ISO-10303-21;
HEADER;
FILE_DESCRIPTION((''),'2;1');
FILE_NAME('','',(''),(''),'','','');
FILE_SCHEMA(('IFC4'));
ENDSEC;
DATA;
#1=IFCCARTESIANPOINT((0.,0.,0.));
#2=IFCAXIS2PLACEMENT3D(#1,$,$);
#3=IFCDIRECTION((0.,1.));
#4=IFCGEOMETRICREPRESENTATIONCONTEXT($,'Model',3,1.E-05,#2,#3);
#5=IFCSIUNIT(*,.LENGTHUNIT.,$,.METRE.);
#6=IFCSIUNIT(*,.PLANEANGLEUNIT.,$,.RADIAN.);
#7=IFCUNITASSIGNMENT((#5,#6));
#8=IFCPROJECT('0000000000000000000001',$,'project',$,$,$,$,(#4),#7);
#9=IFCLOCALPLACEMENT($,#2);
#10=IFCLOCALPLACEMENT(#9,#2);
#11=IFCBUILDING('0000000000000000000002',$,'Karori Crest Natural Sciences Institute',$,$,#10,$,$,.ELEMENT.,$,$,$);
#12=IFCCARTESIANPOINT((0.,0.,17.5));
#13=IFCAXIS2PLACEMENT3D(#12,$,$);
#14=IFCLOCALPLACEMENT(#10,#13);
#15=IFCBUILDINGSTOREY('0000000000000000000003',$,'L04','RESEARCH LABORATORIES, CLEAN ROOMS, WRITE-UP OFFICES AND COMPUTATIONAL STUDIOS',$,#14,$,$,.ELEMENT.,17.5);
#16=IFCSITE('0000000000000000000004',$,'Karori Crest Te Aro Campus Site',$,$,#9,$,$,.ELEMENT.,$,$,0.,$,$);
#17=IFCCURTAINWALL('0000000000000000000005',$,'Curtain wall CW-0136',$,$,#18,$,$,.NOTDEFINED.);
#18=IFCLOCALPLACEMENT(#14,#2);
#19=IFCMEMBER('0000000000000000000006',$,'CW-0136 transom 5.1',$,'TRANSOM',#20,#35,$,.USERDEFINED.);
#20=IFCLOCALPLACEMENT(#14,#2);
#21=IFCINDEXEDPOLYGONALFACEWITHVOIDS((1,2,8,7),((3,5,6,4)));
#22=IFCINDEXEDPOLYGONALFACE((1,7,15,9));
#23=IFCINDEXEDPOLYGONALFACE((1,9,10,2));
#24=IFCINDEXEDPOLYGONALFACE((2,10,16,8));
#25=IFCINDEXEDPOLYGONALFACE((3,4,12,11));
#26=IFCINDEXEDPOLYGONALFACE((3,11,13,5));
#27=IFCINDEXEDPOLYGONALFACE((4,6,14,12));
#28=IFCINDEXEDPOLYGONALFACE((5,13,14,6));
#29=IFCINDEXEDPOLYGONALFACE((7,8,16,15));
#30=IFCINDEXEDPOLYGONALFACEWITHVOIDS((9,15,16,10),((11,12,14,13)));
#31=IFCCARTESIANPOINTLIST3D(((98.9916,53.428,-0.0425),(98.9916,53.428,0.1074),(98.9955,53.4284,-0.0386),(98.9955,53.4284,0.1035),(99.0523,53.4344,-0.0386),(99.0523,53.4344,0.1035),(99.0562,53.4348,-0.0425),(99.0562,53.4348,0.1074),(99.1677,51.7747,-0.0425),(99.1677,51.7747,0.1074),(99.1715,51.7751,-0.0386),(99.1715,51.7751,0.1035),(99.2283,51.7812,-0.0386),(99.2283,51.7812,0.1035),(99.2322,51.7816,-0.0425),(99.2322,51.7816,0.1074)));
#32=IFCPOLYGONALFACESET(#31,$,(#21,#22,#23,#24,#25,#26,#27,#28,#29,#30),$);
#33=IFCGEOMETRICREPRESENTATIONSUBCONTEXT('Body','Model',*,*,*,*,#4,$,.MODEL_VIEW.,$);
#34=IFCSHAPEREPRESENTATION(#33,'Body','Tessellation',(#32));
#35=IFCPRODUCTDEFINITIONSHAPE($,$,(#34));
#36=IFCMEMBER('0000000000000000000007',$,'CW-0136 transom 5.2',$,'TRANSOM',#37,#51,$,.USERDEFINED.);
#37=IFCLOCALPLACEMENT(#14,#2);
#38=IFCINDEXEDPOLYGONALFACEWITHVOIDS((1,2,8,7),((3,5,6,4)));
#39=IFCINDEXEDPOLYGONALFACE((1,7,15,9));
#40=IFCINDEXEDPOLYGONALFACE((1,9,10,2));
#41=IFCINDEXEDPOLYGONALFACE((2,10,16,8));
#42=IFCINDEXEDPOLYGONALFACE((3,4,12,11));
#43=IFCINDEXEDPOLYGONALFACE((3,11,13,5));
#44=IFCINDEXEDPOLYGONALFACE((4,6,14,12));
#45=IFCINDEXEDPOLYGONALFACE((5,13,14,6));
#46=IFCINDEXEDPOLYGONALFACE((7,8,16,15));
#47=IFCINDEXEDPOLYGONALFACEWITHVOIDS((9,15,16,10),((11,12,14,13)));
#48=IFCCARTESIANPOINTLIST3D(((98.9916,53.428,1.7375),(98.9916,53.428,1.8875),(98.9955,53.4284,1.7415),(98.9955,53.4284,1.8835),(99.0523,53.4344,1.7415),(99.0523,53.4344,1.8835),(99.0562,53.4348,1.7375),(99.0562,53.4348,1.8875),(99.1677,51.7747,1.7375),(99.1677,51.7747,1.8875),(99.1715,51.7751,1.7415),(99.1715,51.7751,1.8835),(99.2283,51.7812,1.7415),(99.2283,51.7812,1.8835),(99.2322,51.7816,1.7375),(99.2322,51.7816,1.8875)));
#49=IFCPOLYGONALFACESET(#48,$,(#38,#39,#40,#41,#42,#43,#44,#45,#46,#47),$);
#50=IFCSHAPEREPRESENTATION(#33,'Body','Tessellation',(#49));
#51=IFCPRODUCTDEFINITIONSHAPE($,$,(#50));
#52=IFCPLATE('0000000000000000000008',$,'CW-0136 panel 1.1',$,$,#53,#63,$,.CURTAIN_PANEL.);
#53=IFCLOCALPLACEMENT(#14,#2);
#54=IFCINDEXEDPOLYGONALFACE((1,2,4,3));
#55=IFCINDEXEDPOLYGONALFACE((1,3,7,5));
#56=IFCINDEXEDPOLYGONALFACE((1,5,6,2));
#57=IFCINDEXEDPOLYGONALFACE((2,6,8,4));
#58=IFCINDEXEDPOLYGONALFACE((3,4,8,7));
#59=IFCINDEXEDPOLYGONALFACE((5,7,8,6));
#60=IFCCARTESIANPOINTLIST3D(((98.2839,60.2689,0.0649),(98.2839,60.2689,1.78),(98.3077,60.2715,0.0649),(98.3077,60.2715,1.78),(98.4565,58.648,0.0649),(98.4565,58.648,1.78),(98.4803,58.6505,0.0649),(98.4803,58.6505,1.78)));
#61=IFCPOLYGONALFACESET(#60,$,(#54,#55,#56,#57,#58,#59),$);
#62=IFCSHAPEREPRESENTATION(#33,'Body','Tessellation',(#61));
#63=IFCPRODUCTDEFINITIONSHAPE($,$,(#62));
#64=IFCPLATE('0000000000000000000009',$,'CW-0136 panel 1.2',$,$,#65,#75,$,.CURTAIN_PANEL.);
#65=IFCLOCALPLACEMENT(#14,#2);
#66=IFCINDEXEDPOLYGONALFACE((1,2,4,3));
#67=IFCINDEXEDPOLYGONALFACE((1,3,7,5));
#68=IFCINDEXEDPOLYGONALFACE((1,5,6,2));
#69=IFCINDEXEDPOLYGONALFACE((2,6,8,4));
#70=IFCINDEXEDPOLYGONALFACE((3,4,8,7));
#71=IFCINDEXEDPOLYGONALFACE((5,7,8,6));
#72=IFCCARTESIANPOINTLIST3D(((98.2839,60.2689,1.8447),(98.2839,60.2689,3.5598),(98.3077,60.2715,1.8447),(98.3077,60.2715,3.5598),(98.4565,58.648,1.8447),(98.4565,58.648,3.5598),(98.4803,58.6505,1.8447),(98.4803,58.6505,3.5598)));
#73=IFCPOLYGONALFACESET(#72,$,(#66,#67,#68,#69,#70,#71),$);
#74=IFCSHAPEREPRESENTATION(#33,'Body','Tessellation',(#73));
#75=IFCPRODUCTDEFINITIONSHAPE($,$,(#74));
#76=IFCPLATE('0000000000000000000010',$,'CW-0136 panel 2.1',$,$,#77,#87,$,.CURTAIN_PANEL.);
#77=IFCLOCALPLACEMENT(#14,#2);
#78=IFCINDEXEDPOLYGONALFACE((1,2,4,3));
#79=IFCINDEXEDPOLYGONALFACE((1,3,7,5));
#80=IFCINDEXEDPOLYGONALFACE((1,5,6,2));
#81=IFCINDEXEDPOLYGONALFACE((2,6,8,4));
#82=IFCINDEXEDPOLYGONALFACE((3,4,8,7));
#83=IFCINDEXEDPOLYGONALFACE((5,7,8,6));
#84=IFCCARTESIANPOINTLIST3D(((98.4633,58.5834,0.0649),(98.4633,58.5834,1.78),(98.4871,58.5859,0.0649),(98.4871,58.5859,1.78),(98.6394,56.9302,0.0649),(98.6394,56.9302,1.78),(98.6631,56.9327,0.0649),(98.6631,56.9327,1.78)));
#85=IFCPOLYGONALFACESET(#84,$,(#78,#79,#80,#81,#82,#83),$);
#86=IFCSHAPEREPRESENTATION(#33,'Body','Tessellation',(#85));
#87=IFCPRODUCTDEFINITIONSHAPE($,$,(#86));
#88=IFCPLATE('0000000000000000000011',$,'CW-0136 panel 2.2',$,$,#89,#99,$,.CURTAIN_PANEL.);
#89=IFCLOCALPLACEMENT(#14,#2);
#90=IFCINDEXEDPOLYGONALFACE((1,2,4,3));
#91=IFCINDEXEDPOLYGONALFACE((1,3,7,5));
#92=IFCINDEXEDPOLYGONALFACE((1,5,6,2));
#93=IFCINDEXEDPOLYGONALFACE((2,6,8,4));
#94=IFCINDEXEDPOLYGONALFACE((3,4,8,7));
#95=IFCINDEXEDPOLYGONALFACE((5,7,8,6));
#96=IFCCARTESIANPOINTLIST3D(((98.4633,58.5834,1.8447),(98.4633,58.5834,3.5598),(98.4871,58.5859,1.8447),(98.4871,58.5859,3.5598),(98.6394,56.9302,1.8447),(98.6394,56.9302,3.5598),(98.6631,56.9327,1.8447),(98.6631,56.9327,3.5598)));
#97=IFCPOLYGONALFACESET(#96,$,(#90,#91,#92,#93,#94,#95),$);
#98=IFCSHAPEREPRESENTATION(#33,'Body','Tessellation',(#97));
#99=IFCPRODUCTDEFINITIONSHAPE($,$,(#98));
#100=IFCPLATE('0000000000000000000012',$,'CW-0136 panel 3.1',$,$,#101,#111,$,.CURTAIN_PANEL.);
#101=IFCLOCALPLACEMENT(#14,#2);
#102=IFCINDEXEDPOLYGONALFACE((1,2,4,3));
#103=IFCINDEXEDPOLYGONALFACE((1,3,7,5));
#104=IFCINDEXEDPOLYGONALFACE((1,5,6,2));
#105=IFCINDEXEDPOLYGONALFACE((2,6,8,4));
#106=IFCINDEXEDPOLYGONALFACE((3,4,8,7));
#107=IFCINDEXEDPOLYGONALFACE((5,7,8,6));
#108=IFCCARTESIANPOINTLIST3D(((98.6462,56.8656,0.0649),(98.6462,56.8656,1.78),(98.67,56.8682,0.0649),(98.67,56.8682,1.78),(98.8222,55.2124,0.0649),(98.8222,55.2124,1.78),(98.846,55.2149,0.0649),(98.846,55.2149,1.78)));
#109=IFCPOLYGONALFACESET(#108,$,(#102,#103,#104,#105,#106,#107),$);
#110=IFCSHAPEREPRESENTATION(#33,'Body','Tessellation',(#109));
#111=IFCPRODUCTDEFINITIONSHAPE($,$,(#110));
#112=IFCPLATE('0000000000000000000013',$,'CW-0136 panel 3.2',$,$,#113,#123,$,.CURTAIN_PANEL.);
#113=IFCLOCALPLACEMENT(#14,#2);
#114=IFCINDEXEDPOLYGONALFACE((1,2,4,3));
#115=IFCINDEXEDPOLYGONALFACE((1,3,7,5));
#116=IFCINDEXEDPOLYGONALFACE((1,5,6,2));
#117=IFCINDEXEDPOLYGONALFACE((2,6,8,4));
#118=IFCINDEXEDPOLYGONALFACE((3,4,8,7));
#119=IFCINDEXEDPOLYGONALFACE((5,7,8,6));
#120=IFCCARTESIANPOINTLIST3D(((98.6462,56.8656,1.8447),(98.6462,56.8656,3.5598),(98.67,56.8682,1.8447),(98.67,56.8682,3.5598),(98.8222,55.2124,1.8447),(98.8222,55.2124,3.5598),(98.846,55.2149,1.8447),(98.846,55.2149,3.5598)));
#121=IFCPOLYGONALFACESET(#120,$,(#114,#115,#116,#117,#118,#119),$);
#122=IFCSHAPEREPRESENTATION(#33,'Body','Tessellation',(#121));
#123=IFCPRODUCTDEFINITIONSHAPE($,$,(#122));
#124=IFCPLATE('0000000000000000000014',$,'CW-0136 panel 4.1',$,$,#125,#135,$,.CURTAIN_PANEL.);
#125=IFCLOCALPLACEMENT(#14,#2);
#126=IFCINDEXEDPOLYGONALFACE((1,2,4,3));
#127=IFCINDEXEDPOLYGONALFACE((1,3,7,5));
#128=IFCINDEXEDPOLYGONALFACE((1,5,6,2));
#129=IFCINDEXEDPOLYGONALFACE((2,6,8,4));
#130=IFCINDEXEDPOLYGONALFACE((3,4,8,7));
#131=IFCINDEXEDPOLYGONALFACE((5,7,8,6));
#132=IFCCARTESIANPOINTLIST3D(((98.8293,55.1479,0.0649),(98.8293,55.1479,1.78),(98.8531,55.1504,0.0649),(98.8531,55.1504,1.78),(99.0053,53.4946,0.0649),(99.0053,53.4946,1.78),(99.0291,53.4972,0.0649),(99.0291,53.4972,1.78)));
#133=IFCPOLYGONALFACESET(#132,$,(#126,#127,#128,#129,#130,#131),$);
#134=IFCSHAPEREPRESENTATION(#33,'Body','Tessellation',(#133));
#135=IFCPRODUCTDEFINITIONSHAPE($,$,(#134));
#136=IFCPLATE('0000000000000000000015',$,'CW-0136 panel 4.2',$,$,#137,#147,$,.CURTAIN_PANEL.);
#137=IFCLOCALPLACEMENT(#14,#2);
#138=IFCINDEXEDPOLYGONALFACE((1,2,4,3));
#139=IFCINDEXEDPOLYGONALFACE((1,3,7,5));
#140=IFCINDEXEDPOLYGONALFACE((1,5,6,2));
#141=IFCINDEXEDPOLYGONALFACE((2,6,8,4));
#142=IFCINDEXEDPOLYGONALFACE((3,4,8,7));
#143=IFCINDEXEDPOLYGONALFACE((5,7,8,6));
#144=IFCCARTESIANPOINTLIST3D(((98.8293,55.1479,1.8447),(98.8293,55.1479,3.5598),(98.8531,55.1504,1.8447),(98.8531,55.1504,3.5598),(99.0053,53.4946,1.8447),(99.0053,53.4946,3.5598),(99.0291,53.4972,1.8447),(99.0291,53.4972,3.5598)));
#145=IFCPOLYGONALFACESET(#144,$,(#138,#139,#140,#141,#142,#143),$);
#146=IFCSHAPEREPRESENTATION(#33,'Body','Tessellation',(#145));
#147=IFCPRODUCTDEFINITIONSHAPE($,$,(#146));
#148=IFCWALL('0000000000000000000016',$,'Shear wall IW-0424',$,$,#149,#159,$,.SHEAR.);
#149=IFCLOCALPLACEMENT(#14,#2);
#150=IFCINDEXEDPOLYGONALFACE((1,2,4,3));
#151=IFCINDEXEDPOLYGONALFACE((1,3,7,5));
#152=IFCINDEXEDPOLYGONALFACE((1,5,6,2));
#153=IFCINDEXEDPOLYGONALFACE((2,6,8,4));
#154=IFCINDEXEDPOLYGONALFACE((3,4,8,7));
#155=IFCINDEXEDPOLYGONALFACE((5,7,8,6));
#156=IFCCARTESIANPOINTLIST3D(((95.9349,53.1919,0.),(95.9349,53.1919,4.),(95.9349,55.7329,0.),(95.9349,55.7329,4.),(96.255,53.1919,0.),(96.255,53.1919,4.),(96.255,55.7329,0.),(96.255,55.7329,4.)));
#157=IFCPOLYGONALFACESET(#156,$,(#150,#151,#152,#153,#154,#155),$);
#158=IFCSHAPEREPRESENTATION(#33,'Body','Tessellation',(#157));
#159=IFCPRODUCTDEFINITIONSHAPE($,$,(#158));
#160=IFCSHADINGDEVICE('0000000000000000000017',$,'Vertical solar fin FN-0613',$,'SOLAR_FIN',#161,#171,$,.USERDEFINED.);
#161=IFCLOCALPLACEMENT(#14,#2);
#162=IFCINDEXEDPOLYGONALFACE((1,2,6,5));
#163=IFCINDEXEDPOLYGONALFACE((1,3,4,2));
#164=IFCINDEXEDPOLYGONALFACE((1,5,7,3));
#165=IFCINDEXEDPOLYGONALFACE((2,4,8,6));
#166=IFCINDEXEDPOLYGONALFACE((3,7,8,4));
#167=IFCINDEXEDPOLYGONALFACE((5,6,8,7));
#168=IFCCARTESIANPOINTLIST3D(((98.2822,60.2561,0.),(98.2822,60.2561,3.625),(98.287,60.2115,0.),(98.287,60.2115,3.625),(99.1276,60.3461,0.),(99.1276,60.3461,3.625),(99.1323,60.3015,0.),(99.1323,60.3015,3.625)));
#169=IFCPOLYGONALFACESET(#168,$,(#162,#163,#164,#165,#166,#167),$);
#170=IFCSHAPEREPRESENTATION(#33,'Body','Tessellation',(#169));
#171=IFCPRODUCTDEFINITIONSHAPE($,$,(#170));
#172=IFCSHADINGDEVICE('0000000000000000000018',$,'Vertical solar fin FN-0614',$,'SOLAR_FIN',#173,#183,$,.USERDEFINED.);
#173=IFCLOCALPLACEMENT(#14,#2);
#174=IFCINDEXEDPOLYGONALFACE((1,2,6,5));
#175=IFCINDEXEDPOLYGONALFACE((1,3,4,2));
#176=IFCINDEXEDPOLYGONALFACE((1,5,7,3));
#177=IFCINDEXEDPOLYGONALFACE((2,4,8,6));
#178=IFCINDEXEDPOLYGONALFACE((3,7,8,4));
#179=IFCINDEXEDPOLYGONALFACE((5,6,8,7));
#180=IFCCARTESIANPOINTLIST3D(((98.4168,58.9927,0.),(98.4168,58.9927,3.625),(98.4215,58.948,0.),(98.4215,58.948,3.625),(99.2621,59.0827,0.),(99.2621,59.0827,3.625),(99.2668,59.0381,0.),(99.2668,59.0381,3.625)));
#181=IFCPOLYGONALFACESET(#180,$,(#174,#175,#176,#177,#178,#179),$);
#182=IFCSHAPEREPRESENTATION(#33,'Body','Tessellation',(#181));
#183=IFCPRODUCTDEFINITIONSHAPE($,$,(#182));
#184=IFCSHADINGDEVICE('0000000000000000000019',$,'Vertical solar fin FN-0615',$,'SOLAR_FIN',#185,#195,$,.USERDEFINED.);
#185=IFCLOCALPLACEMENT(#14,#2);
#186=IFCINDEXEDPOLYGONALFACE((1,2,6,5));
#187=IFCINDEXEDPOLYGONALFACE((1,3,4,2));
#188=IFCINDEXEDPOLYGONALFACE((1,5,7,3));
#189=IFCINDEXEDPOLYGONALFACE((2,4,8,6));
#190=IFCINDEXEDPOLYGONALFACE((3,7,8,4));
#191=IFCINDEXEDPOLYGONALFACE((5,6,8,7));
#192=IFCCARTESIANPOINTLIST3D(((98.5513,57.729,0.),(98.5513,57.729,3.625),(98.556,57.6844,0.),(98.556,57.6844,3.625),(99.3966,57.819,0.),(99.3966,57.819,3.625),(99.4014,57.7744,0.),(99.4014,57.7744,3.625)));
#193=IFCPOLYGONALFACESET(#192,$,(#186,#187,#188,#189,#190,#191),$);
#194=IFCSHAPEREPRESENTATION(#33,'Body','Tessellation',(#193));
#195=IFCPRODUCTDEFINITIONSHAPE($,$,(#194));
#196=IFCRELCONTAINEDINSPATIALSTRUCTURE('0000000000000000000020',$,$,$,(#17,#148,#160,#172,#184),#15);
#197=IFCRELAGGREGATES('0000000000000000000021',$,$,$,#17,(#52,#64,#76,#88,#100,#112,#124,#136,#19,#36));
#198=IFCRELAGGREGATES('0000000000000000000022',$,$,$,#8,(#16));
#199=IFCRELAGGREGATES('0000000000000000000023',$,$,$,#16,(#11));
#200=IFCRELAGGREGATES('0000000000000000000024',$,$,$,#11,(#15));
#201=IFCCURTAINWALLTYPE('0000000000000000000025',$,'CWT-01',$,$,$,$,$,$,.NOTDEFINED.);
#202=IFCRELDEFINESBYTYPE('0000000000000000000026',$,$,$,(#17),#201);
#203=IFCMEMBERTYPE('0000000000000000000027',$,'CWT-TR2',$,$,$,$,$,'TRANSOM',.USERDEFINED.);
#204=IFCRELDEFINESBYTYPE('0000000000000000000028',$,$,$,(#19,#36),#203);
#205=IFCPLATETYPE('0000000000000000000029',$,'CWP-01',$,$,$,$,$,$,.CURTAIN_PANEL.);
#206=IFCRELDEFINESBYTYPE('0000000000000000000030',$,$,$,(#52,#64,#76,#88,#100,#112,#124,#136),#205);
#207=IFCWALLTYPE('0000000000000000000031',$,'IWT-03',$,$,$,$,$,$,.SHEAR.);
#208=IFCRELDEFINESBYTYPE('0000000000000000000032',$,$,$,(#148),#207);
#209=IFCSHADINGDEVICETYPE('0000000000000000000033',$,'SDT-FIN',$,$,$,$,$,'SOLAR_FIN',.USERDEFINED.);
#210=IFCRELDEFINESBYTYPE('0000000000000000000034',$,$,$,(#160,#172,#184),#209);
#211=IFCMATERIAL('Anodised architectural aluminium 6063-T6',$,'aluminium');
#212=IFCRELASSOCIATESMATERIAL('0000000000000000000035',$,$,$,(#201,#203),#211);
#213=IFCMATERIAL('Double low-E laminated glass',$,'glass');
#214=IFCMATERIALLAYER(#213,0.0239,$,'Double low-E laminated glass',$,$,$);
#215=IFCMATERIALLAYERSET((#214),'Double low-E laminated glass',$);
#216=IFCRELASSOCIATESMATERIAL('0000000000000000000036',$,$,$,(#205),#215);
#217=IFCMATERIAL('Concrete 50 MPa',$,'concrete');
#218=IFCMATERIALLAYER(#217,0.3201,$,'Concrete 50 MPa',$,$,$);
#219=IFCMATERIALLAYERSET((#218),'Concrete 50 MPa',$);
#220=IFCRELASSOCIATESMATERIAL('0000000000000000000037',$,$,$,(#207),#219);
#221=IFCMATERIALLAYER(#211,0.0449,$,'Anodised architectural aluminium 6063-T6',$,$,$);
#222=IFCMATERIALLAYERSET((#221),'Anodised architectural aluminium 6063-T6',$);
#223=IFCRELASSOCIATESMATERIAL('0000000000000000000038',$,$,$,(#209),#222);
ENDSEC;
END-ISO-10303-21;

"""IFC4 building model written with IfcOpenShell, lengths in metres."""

from ifc_helpers import new_model, si_unit, direction, frame, frame_2d, origin, origin_2d, place, context, subcontext, project, spatial, rectangle, hollow_rectangle, extrude, material, layer, layer_set, material_profile, profile_set, type_object, element, aggregate, save


model = new_model("IFC4")

# Units and contexts
model_context = context("Model", 3, precision=1e-05, world=origin(), true_north=direction((0.0, 1.0)))
body_context = subcontext(model_context, "Body", "Model", "MODEL_VIEW")
ifc_project = project(units=[si_unit("LENGTHUNIT", "METRE"), si_unit("PLANEANGLEUNIT", "RADIAN")], contexts=[model_context])

# Site, building, storey
site_placement = place(None, origin())
site = spatial("IfcSite", under=ifc_project, at=site_placement, Name="Karori Crest Te Aro Campus Site", CompositionType="ELEMENT", RefElevation=0.0)
building_placement = place(site_placement, origin())
building = spatial("IfcBuilding", under=site, at=building_placement, Name="Karori Crest Natural Sciences Institute", CompositionType="ELEMENT")
storey_placement = place(building_placement, frame((0.0, 0.0, 17.5)))
storey = spatial("IfcBuildingStorey", under=building, at=storey_placement, Name="L04", Description="RESEARCH LABORATORIES, CLEAN ROOMS, WRITE-UP OFFICES AND COMPUTATIONAL STUDIOS", CompositionType="ELEMENT", Elevation=17.5)

# Curtain wall
ifc_material_1 = material(Name="Anodised architectural aluminium 6063-T6", Category="aluminium")
curtain_wall_type_1 = type_object("IfcCurtainWallType", Name="CWT-01", PredefinedType="NOTDEFINED", material=ifc_material_1)
curtain_wall_1_placement = place(storey_placement, origin())
curtain_wall_1 = element("IfcCurtainWall", 1, at=curtain_wall_1_placement, inside=storey, type_object=curtain_wall_type_1, Name="Curtain wall CW-0136", PredefinedType="NOTDEFINED")

# Members
ifc_material_profile_1 = material_profile(ifc_material_1, hollow_rectangle(XDim=0.0649, YDim=0.1499, WallThickness=0.0039, at=origin_2d()), Name="CWT150x65x4")
ifc_profile_set_1 = profile_set([ifc_material_profile_1], Name="Anodised architectural aluminium 6063-T6")
member_type_1 = type_object("IfcMemberType", Name="CWT-TR2", ElementType="TRANSOM", PredefinedType="USERDEFINED", material=ifc_profile_set_1)
member_1_placement = place(storey_placement, frame((99.0239, 53.4314, 0.0325), z_axis=(0.105869, -0.99438, 0.0), x_axis=(0.99438, 0.105869, 0.0)))
member_1 = element("IfcMember", 2, at=member_1_placement, type_object=member_type_1, Name="CW-0136 transom 5.1", ObjectType="TRANSOM", PredefinedType="USERDEFINED", context=body_context, shape_type="SweptSolid", body=[
    extrude(hollow_rectangle(XDim=0.0649, YDim=0.1499, WallThickness=0.0039, at=origin_2d()), origin(), (0.0, 0.0, 1.0), 1.6626),
])
member_2_placement = place(storey_placement, frame((99.0239, 53.4314, 1.8125), z_axis=(0.105869, -0.99438, 0.0), x_axis=(0.99438, 0.105869, 0.0)))
member_2 = element("IfcMember", 3, at=member_2_placement, type_object=member_type_1, Name="CW-0136 transom 5.2", ObjectType="TRANSOM", PredefinedType="USERDEFINED", context=body_context, shape_type="SweptSolid", body=[
    extrude(hollow_rectangle(XDim=0.0649, YDim=0.1499, WallThickness=0.0039, at=origin_2d()), origin(), (0.0, 0.0, 1.0), 1.6626),
])

# Plates
ifc_material_2 = material(Name="Double low-E laminated glass", Category="glass")
ifc_layer_1 = layer(ifc_material_2, 0.0239, Name="Double low-E laminated glass")
ifc_layer_set_1 = layer_set([ifc_layer_1], Name="Double low-E laminated glass")
plate_type = type_object("IfcPlateType", Name="CWP-01", PredefinedType="CURTAIN_PANEL", material=ifc_layer_set_1)
plate_1_placement = place(storey_placement, frame((98.3821, 59.4597, 0.0649), z_axis=(0.0, 0.0, 1.0), x_axis=(0.105884, -0.994378, 0.0)))
plate_1 = element("IfcPlate", 4, at=plate_1_placement, type_object=plate_type, Name="CW-0136 panel 1.1", PredefinedType="CURTAIN_PANEL", context=body_context, shape_type="SweptSolid", body=[
    extrude(rectangle(XDim=1.6301, YDim=0.0239, at=origin_2d()), origin(), (0.0, 0.0, 1.0), 1.7151),
])
plate_2_placement = place(storey_placement, frame((98.3821, 59.4597, 1.8447), z_axis=(0.0, 0.0, 1.0), x_axis=(0.105884, -0.994378, 0.0)))
plate_2 = element("IfcPlate", 5, at=plate_2_placement, type_object=plate_type, Name="CW-0136 panel 1.2", PredefinedType="CURTAIN_PANEL", context=body_context, shape_type="SweptSolid", body=[
    extrude(rectangle(XDim=1.6301, YDim=0.0239, at=origin_2d()), origin(), (0.0, 0.0, 1.0), 1.7151),
])
plate_3_placement = place(storey_placement, frame((98.5632, 57.7581, 0.0649), z_axis=(0.0, 0.0, 1.0), x_axis=(0.105884, -0.994378, 0.0)))
plate_3 = element("IfcPlate", 6, at=plate_3_placement, type_object=plate_type, Name="CW-0136 panel 2.1", PredefinedType="CURTAIN_PANEL", context=body_context, shape_type="SweptSolid", body=[
    extrude(rectangle(XDim=1.6626, YDim=0.0239, at=origin_2d()), origin(), (0.0, 0.0, 1.0), 1.7151),
])
plate_4_placement = place(storey_placement, frame((98.5632, 57.7581, 1.8447), z_axis=(0.0, 0.0, 1.0), x_axis=(0.105884, -0.994378, 0.0)))
plate_4 = element("IfcPlate", 7, at=plate_4_placement, type_object=plate_type, Name="CW-0136 panel 2.2", PredefinedType="CURTAIN_PANEL", context=body_context, shape_type="SweptSolid", body=[
    extrude(rectangle(XDim=1.6626, YDim=0.0239, at=origin_2d()), origin(), (0.0, 0.0, 1.0), 1.7151),
])
plate_5_placement = place(storey_placement, frame((98.7461, 56.0403, 0.0649), z_axis=(0.0, 0.0, 1.0), x_axis=(0.105884, -0.994378, 0.0)))
plate_5 = element("IfcPlate", 8, at=plate_5_placement, type_object=plate_type, Name="CW-0136 panel 3.1", PredefinedType="CURTAIN_PANEL", context=body_context, shape_type="SweptSolid", body=[
    extrude(rectangle(XDim=1.6626, YDim=0.0239, at=origin_2d()), origin(), (0.0, 0.0, 1.0), 1.7151),
])
plate_6_placement = place(storey_placement, frame((98.7461, 56.0403, 1.8447), z_axis=(0.0, 0.0, 1.0), x_axis=(0.105884, -0.994378, 0.0)))
plate_6 = element("IfcPlate", 9, at=plate_6_placement, type_object=plate_type, Name="CW-0136 panel 3.2", PredefinedType="CURTAIN_PANEL", context=body_context, shape_type="SweptSolid", body=[
    extrude(rectangle(XDim=1.6626, YDim=0.0239, at=origin_2d()), origin(), (0.0, 0.0, 1.0), 1.7151),
])
plate_7_placement = place(storey_placement, frame((98.9292, 54.3225, 0.0649), z_axis=(0.0, 0.0, 1.0), x_axis=(0.105884, -0.994378, 0.0)))
plate_7 = element("IfcPlate", 10, at=plate_7_placement, type_object=plate_type, Name="CW-0136 panel 4.1", PredefinedType="CURTAIN_PANEL", context=body_context, shape_type="SweptSolid", body=[
    extrude(rectangle(XDim=1.6626, YDim=0.0239, at=origin_2d()), origin(), (0.0, 0.0, 1.0), 1.7151),
])
plate_8_placement = place(storey_placement, frame((98.9292, 54.3225, 1.8447), z_axis=(0.0, 0.0, 1.0), x_axis=(0.105884, -0.994378, 0.0)))
plate_8 = element("IfcPlate", 11, at=plate_8_placement, type_object=plate_type, Name="CW-0136 panel 4.2", PredefinedType="CURTAIN_PANEL", context=body_context, shape_type="SweptSolid", body=[
    extrude(rectangle(XDim=1.6626, YDim=0.0239, at=origin_2d()), origin(), (0.0, 0.0, 1.0), 1.7151),
])
aggregate(curtain_wall_1, [plate_1, plate_2, plate_3, plate_4, plate_5, plate_6, plate_7, plate_8, member_1, member_2])

# Wall
ifc_material_3 = material(Name="Concrete 50 MPa", Category="concrete")
ifc_layer_2 = layer(ifc_material_3, 0.3201, Name="Concrete 50 MPa")
ifc_layer_set_2 = layer_set([ifc_layer_2], Name="Concrete 50 MPa")
wall_type = type_object("IfcWallType", Name="IWT-03", PredefinedType="SHEAR", material=ifc_layer_set_2)
wall_placement = place(storey_placement, frame((96.095, 53.1919, 0.0), z_axis=(0.0, 0.0, 1.0), x_axis=(0.0, 1.0, 0.0)))
element("IfcWall", 12, at=wall_placement, inside=storey, type_object=wall_type, Name="Shear wall IW-0424", PredefinedType="SHEAR", context=body_context, shape_type="SweptSolid", body=[
    extrude(rectangle(XDim=2.541, YDim=0.3201, at=frame_2d((1.2705, 0.0))), origin(), (0.0, 0.0, 1.0), 4.0),
])

# Shading devices
ifc_layer_3 = layer(ifc_material_1, 0.0449, Name="Anodised architectural aluminium 6063-T6")
ifc_layer_set_3 = layer_set([ifc_layer_3], Name="Anodised architectural aluminium 6063-T6")
shading_device_type = type_object("IfcShadingDeviceType", Name="SDT-FIN", ElementType="SOLAR_FIN", PredefinedType="USERDEFINED", material=ifc_layer_set_3)
for number, where, z_axis, x_axis, name in (
    (13, (98.7073, 60.2788, 0.0), (0.0, 0.0, 1.0), (0.994378, 0.105884, 0.0), "Vertical solar fin FN-0613"),
    (14, (98.8418, 59.0154, 0.0), (0.0, 0.0, 1.0), (0.994378, 0.105884, 0.0), "Vertical solar fin FN-0614"),
    (15, (98.9763, 57.7517, 0.0), (0.0, 0.0, 1.0), (0.994378, 0.105884, 0.0), "Vertical solar fin FN-0615"),
):
    element("IfcShadingDevice", number, at=place(storey_placement, frame(where, z_axis=z_axis, x_axis=x_axis)), inside=storey, type_object=shading_device_type, Name=name, ObjectType="SOLAR_FIN", PredefinedType="USERDEFINED", context=body_context, shape_type="SweptSolid", body=[
        extrude(rectangle(XDim=0.8501, YDim=0.0449, at=origin_2d()), origin(), (0.0, 0.0, 1.0), 3.625),
    ])

save(model, "model.ifc")
